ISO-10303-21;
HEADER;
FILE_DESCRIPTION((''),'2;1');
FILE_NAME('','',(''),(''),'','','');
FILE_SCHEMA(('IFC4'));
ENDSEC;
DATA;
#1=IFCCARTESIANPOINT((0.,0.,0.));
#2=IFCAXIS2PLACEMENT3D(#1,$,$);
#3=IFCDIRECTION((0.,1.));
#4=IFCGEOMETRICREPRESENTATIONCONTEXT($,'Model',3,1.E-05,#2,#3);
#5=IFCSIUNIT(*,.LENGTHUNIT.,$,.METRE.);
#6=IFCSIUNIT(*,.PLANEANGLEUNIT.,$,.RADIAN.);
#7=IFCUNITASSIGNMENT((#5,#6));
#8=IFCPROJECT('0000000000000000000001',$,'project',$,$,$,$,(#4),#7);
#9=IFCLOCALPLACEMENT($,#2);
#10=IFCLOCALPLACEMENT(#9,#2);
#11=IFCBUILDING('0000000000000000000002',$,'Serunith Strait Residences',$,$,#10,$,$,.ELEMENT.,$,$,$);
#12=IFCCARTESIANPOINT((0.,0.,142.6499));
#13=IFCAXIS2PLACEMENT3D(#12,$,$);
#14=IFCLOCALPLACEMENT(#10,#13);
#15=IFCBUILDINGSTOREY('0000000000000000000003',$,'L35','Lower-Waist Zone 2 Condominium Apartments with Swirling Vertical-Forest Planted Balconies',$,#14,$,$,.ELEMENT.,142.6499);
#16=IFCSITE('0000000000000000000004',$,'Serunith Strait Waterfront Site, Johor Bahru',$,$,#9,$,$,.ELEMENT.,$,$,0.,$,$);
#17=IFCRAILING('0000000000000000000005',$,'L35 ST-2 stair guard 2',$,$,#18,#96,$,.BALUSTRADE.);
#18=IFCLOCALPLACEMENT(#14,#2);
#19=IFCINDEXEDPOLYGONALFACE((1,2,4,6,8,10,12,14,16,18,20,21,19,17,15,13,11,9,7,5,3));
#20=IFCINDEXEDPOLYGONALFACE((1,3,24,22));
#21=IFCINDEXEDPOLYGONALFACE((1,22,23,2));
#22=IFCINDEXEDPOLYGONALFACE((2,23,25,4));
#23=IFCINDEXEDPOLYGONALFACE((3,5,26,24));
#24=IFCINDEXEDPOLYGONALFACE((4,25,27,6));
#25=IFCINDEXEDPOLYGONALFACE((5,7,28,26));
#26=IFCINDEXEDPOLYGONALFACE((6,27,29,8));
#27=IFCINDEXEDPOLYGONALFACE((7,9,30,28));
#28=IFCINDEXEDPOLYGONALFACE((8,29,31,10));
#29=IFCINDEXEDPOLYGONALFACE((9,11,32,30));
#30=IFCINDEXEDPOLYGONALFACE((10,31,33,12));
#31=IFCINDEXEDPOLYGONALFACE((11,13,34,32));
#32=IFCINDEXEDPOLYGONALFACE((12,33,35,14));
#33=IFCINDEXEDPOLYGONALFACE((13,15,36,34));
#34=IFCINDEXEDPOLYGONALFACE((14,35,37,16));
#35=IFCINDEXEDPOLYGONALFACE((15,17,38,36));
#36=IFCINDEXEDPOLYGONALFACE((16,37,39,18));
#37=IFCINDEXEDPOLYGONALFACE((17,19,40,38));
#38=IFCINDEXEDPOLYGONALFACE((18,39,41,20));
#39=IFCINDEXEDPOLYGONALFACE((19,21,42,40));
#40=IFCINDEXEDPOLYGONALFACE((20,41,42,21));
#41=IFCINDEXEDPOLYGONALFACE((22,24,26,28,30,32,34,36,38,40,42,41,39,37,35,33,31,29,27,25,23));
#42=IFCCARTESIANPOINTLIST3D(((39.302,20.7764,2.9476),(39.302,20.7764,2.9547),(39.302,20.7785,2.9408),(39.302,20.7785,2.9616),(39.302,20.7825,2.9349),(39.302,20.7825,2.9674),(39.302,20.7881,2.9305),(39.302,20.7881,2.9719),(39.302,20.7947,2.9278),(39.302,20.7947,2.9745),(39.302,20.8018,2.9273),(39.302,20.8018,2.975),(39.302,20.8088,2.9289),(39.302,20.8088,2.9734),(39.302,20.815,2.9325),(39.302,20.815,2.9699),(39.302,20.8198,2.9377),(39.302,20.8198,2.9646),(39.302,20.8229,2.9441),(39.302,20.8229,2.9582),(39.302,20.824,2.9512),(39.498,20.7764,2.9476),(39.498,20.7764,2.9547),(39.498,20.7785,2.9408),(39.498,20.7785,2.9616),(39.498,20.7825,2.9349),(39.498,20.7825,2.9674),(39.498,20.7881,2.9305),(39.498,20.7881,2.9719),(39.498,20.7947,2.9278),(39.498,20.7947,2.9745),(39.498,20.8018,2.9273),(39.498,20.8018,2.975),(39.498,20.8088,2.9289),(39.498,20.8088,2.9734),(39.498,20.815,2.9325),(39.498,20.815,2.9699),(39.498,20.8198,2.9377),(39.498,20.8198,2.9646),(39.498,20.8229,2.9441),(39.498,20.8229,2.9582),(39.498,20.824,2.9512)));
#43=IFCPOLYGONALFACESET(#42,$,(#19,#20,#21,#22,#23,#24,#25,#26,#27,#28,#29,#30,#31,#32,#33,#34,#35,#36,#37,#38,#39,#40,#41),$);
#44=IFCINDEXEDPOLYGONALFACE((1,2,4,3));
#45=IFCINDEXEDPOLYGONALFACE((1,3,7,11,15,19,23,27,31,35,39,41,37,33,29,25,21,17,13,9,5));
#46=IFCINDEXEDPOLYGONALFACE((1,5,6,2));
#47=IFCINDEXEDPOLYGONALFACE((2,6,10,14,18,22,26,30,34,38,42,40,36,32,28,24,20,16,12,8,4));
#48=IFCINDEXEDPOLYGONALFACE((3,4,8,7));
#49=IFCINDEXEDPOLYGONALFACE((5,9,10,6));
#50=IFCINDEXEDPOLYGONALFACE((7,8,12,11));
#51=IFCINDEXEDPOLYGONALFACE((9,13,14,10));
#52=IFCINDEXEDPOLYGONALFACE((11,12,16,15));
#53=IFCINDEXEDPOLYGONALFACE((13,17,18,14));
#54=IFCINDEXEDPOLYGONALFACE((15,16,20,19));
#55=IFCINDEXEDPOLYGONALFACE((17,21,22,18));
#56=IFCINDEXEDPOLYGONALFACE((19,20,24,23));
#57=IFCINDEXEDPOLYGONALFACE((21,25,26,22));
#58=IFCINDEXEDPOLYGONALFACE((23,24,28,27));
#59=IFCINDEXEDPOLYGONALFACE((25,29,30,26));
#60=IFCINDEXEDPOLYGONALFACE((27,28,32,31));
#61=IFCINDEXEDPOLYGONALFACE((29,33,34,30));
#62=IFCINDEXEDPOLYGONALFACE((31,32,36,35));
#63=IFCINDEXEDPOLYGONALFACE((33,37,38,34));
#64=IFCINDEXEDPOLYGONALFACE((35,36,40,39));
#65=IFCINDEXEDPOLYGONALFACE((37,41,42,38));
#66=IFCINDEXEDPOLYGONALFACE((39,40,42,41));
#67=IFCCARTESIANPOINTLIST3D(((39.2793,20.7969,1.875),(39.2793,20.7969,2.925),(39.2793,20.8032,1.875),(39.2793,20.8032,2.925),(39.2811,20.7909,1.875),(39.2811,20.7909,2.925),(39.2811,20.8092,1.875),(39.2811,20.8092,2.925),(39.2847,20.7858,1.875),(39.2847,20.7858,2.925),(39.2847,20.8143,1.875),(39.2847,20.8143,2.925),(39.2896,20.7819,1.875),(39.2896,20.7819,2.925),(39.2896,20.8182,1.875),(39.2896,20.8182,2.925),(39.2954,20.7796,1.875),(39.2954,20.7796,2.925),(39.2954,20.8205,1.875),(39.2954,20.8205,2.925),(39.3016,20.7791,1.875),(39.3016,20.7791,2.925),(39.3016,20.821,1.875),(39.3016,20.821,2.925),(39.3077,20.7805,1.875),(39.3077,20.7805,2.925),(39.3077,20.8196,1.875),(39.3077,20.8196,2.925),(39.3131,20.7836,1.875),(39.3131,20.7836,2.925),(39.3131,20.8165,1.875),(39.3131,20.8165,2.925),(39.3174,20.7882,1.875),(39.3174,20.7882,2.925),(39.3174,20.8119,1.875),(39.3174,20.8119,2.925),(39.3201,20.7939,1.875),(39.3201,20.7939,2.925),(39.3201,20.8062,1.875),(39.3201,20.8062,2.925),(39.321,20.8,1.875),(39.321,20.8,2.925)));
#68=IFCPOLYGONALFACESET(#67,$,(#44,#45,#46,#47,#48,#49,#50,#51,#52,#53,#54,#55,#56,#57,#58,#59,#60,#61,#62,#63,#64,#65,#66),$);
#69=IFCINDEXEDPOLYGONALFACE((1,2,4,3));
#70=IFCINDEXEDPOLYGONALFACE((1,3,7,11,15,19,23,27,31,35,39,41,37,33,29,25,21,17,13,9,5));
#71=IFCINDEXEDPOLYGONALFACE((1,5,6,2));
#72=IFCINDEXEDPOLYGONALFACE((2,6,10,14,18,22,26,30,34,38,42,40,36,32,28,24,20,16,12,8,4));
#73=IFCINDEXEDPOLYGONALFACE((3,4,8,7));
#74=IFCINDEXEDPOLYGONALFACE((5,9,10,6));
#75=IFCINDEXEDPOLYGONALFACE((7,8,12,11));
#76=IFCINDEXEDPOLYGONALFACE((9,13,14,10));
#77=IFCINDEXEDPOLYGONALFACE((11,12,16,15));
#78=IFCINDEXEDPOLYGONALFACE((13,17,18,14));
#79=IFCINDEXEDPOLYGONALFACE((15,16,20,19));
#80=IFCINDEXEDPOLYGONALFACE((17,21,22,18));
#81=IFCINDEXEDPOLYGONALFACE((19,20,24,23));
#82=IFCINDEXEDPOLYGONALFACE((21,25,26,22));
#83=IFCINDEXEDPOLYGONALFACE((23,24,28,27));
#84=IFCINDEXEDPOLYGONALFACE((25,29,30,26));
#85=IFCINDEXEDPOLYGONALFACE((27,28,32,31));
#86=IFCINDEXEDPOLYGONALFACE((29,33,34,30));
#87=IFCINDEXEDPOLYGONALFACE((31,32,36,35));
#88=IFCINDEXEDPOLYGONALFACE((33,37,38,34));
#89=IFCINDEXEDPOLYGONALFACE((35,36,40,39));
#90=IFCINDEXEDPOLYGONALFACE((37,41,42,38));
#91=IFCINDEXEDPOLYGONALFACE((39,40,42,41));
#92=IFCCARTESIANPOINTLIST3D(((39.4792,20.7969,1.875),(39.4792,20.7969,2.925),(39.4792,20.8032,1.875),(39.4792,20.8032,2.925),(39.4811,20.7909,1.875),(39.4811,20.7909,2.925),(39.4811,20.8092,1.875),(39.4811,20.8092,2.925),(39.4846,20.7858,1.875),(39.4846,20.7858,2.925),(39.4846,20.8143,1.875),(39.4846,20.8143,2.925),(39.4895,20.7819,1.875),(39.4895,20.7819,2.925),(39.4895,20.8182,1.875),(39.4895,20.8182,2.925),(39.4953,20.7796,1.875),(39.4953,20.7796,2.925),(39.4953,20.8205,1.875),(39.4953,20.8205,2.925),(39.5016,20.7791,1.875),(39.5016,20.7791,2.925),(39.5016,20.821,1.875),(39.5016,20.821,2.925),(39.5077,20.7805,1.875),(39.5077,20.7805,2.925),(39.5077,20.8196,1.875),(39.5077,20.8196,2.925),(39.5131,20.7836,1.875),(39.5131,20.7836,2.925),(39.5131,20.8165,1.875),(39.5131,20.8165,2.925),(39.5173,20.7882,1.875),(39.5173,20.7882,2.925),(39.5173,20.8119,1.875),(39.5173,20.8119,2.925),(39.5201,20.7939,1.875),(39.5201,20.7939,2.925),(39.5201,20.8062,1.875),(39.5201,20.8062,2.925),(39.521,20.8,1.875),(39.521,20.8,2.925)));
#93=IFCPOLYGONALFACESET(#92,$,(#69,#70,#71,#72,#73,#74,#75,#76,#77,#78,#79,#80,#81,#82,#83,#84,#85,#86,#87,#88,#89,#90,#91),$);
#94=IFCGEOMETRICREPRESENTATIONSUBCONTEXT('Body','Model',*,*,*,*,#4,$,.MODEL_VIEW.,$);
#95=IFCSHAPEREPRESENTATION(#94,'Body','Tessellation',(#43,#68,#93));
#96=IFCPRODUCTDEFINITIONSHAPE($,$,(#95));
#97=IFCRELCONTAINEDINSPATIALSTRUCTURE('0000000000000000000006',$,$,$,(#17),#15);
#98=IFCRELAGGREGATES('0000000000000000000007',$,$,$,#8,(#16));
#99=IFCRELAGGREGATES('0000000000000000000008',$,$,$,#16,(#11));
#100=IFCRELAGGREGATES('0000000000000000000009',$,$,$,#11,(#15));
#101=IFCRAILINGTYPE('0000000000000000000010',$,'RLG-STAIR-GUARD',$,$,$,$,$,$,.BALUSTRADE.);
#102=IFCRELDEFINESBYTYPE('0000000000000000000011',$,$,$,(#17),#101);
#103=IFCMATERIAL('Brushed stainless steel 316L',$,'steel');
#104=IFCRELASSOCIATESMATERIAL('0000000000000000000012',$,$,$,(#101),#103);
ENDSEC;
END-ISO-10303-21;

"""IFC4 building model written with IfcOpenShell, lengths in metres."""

from ifc_helpers import new_model, si_unit, direction, frame, origin, origin_2d, place, context, subcontext, project, spatial, circle, extrude, material, type_object, element, save


model = new_model("IFC4")

# Units and contexts
model_context = context("Model", 3, precision=1e-05, world=origin(), true_north=direction((0.0, 1.0)))
body_context = subcontext(model_context, "Body", "Model", "MODEL_VIEW")
ifc_project = project(units=[si_unit("LENGTHUNIT", "METRE"), si_unit("PLANEANGLEUNIT", "RADIAN")], contexts=[model_context])

# Site, building, storey
site_placement = place(None, origin())
site = spatial("IfcSite", under=ifc_project, at=site_placement, Name="Serunith Strait Waterfront Site, Johor Bahru", CompositionType="ELEMENT", RefElevation=0.0)
building_placement = place(site_placement, origin())
building = spatial("IfcBuilding", under=site, at=building_placement, Name="Serunith Strait Residences", CompositionType="ELEMENT")
storey_placement = place(building_placement, frame((0.0, 0.0, 142.6499)))
storey = spatial("IfcBuildingStorey", under=building, at=storey_placement, Name="L35", Description="Lower-Waist Zone 2 Condominium Apartments with Swirling Vertical-Forest Planted Balconies", CompositionType="ELEMENT", Elevation=142.6499)

# Railing
ifc_material_1 = material(Name="Brushed stainless steel 316L", Category="steel")
railing_type_1 = type_object("IfcRailingType", Name="RLG-STAIR-GUARD", PredefinedType="BALUSTRADE", material=ifc_material_1)
railing_1_placement = place(storey_placement, frame((39.3, 20.8, 1.875)))
element("IfcRailing", 1, at=railing_1_placement, inside=storey, type_object=railing_type_1, Name="L35 ST-2 stair guard 2", PredefinedType="BALUSTRADE", context=body_context, shape_type="SweptSolid", body=[
    extrude(circle(Radius=0.0239, at=origin_2d()), frame((0.002, 0.0, 1.0762), z_axis=(1.0, 0.0, 0.0), x_axis=(0.0, 1.0, 0.0)), (0.0, 0.0, 1.0), 0.196),
    extrude(circle(Radius=0.021, at=origin_2d()), origin(), (0.0, 0.0, 1.0), 1.05),
    extrude(circle(Radius=0.021, at=origin_2d()), frame((0.2, 0.0, 0.0)), (0.0, 0.0, 1.0), 1.05),
])

save(model, "model.ifc")
